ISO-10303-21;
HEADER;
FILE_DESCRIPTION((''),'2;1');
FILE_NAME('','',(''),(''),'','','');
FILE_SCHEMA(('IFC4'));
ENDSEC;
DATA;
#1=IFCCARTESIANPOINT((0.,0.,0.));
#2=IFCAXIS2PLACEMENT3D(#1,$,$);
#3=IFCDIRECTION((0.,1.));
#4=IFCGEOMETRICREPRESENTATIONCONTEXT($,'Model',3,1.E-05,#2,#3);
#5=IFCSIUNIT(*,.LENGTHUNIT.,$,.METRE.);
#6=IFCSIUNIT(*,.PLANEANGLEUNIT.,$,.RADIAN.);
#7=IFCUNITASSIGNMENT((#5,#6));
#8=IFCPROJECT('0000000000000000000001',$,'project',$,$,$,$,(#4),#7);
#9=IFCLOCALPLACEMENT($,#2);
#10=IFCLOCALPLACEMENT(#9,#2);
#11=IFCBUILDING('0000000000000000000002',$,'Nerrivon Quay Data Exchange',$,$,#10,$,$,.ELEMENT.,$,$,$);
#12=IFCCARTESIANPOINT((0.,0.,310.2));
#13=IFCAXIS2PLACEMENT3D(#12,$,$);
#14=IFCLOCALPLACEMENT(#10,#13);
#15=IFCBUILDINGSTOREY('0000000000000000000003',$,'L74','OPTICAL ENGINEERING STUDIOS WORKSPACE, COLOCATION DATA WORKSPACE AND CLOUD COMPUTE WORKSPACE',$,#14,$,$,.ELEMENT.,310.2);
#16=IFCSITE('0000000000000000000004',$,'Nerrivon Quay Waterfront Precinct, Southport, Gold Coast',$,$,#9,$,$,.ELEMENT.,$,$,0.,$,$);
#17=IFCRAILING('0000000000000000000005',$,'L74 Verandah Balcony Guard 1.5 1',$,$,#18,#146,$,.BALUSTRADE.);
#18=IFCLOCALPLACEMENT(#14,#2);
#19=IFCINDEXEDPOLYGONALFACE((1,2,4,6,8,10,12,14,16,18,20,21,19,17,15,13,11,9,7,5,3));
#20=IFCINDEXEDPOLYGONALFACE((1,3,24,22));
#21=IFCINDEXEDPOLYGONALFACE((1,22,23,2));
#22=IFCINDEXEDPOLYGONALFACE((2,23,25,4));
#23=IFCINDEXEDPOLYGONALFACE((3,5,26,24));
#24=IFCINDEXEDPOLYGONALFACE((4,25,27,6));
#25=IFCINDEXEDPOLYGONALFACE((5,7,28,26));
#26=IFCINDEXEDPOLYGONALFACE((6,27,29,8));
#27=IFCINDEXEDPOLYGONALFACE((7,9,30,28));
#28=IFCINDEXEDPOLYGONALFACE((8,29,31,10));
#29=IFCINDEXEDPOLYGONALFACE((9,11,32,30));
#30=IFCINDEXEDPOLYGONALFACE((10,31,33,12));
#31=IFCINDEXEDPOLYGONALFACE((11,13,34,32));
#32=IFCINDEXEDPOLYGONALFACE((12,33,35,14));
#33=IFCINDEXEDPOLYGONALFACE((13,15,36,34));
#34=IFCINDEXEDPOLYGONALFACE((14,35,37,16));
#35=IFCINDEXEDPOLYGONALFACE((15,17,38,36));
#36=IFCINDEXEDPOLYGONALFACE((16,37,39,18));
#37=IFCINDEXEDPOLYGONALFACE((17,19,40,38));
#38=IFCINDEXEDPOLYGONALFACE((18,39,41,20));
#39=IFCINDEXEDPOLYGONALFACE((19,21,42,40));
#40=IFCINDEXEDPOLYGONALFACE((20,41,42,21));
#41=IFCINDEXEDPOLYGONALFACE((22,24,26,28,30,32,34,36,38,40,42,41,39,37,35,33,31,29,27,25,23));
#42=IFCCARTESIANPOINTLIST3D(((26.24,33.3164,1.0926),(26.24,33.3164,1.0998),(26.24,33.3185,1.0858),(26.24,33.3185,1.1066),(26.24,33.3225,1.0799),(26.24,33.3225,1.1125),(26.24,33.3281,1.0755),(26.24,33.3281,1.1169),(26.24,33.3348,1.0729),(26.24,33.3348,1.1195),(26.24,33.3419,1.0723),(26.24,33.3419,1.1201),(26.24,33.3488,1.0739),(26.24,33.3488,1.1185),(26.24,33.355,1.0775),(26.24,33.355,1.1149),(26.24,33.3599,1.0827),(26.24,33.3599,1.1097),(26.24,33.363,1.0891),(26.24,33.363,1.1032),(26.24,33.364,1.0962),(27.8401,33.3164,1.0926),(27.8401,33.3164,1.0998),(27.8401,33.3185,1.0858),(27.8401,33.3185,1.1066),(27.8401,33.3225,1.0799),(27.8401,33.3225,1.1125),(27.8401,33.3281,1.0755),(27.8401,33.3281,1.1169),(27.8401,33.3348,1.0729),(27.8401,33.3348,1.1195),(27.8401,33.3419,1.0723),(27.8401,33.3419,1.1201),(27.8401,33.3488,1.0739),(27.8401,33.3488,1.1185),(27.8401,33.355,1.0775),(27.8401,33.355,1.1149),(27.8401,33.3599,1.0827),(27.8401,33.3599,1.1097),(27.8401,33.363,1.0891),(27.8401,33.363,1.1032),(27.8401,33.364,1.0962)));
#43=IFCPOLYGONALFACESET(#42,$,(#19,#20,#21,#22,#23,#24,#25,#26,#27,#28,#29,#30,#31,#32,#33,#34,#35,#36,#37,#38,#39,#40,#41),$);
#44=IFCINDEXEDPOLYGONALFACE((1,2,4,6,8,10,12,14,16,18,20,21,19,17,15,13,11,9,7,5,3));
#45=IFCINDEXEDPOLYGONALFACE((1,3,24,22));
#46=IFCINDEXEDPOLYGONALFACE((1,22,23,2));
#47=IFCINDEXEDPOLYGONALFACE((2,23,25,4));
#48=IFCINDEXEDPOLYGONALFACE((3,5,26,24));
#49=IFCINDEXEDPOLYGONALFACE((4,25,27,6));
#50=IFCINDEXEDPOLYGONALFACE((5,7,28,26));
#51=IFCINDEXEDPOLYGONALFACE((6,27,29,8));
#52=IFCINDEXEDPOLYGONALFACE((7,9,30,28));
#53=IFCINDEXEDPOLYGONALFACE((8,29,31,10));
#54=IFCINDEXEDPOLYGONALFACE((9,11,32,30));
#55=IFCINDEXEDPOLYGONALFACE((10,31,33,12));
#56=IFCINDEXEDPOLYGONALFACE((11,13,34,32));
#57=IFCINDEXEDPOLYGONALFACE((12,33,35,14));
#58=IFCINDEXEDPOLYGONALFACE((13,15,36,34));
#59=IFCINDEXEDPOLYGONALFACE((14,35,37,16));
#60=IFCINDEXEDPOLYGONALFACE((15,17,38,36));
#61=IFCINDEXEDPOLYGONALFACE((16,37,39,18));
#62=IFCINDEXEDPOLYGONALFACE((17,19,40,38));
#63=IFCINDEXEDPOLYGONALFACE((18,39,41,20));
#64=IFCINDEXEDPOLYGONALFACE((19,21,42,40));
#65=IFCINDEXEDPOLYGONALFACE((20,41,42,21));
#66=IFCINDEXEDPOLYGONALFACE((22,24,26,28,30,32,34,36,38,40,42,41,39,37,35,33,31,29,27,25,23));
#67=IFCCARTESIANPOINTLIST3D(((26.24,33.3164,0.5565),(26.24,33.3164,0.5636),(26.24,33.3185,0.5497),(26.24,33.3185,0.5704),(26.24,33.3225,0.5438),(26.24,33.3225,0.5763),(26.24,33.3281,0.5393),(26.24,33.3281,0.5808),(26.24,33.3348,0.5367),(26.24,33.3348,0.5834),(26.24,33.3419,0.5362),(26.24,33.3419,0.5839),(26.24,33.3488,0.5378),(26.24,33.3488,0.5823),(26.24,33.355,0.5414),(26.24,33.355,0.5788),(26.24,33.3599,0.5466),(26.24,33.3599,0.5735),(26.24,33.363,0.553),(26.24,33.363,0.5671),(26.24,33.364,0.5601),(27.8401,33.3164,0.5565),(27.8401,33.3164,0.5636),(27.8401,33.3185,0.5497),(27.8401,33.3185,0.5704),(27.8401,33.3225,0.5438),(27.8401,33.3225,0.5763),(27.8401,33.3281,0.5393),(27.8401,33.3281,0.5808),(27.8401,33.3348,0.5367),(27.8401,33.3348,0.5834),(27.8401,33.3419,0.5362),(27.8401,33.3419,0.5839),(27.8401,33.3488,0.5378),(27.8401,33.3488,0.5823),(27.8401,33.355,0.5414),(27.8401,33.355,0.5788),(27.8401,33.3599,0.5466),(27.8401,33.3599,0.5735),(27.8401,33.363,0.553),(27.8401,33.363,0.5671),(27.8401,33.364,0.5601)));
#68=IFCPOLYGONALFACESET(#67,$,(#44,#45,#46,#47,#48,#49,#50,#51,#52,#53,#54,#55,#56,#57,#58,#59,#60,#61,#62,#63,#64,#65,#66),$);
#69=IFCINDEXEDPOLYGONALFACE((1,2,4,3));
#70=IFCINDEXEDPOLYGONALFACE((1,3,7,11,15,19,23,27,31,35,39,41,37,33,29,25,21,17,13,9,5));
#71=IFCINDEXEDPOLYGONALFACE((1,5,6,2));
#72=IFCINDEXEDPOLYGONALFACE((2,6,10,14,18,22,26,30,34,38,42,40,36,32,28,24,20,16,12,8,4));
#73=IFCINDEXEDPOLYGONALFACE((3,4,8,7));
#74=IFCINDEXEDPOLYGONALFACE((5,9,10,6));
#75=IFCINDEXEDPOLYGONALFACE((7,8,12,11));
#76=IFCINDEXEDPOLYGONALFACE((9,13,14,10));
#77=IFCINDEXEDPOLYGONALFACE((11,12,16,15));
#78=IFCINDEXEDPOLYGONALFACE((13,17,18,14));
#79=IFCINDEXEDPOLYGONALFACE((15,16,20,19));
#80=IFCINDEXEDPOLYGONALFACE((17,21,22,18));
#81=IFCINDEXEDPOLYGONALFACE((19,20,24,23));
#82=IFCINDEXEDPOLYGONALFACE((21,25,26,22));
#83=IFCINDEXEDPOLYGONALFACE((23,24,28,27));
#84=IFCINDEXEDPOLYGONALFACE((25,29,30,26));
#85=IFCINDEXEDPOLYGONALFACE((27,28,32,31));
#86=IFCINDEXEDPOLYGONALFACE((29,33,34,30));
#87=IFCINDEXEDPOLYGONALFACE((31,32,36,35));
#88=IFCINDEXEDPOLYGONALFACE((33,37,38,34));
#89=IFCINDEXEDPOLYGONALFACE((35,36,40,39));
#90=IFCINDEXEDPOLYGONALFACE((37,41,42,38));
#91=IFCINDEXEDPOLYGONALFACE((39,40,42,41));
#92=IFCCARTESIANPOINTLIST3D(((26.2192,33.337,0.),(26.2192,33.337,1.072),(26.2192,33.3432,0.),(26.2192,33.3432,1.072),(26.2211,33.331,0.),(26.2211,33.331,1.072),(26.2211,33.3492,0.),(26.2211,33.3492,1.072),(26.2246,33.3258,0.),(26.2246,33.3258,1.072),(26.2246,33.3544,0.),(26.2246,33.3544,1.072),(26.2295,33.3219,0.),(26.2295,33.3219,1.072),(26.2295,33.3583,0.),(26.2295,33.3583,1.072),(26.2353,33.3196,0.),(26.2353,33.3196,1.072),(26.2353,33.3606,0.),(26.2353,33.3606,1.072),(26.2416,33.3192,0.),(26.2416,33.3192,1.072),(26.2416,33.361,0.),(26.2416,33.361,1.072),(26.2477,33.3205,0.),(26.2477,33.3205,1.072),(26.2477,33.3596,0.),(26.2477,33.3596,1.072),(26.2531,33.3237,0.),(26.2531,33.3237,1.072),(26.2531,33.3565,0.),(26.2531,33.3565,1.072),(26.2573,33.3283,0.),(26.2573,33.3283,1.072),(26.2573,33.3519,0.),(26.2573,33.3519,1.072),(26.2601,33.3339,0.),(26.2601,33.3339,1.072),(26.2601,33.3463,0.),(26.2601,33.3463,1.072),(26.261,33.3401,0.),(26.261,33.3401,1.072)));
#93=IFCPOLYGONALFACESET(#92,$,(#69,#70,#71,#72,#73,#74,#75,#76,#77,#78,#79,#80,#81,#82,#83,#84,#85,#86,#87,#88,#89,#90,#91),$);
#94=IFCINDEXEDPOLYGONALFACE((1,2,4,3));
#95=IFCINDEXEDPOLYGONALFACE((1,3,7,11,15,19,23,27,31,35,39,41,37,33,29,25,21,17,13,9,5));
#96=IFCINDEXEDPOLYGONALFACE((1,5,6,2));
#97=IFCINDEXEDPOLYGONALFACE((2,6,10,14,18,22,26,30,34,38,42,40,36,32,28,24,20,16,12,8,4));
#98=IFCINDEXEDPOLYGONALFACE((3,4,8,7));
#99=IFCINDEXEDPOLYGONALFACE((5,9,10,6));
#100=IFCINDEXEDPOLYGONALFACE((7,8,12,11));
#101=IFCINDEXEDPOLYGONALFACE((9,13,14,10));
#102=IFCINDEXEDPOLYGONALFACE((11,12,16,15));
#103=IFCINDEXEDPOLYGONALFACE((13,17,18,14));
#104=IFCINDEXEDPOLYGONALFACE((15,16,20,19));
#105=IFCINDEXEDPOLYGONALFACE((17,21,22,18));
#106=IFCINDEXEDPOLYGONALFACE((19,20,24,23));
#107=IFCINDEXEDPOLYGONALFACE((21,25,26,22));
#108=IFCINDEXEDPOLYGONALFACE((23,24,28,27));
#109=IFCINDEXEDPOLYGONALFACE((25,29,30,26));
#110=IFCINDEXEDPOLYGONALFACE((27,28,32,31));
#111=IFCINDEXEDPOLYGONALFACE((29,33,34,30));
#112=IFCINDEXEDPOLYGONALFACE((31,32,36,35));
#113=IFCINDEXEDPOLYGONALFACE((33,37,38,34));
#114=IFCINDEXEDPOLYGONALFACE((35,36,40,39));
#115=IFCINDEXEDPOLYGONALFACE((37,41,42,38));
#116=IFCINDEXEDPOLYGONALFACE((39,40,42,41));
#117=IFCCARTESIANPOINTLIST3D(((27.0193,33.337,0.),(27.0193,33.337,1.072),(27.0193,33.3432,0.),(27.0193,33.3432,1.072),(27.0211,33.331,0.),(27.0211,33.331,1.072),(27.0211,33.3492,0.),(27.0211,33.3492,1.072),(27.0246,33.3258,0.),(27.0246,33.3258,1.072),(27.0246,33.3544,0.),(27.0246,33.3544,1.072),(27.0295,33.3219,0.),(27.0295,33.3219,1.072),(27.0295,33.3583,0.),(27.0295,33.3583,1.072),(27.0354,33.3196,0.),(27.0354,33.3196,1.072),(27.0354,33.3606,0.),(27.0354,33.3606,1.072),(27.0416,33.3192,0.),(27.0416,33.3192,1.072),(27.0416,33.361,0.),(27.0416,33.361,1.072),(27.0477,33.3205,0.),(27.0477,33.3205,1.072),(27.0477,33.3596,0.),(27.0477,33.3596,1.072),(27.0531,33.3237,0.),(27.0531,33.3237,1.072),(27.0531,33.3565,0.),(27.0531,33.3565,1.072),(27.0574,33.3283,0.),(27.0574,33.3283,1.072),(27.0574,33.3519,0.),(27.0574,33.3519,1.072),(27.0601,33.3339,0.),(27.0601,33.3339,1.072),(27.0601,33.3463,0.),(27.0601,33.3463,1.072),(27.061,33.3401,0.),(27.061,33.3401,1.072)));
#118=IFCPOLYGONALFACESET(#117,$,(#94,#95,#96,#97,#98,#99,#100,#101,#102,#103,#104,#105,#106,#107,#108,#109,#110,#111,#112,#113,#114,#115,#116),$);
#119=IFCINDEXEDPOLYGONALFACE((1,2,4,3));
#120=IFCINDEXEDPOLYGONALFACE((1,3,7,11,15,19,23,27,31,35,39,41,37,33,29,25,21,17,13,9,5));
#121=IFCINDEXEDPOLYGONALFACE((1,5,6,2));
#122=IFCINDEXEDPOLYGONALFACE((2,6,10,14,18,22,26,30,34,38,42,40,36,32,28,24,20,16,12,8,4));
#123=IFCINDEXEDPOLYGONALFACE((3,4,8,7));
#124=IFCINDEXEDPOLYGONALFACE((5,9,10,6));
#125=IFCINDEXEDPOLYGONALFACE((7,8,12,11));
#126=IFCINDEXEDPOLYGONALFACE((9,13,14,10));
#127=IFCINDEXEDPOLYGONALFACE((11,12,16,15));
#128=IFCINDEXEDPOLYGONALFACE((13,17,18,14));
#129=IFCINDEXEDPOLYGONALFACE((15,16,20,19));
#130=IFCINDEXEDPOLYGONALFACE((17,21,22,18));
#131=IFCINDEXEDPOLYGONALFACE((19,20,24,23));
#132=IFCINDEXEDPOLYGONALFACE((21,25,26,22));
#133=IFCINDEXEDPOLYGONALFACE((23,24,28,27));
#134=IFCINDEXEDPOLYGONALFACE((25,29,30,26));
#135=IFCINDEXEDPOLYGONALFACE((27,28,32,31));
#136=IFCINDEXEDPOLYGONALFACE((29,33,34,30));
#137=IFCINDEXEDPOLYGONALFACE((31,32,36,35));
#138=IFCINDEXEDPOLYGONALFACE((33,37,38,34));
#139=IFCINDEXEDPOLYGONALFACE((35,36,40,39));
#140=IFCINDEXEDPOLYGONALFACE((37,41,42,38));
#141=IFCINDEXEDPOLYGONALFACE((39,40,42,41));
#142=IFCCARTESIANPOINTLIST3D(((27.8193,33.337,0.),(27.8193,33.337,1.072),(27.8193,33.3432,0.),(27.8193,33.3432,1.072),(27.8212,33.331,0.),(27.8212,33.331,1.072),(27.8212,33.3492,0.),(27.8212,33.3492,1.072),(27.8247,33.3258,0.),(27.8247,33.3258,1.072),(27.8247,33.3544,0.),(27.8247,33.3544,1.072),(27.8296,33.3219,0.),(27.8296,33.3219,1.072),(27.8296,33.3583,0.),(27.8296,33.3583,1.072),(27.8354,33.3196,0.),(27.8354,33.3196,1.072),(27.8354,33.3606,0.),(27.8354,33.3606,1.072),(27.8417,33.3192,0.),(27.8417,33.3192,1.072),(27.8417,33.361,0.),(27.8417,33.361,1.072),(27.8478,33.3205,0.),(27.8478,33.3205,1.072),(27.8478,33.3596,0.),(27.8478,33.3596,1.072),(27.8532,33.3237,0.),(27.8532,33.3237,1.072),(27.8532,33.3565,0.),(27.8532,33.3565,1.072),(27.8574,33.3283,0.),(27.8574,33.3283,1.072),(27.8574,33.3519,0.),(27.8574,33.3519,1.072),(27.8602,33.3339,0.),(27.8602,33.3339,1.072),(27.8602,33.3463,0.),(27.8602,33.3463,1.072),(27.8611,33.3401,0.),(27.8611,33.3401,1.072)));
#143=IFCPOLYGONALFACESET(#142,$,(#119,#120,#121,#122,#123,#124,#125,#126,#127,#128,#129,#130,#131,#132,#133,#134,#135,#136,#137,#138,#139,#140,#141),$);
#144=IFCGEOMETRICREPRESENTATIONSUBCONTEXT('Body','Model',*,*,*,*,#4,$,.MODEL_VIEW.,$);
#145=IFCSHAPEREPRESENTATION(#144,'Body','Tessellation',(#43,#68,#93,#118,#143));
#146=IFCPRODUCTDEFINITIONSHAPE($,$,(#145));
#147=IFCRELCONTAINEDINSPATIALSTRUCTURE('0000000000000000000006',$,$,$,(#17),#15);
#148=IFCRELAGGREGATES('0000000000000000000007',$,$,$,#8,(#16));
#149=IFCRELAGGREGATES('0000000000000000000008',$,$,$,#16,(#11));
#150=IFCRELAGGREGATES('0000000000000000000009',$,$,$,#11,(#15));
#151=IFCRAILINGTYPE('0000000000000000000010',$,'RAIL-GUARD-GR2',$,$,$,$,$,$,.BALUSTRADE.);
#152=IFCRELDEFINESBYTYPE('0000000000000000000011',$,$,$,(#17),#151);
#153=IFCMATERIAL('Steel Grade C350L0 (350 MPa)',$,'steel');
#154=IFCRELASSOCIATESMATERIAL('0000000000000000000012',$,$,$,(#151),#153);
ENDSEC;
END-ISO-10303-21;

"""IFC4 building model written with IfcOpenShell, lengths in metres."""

from ifc_helpers import new_model, si_unit, direction, frame, origin, origin_2d, place, context, subcontext, project, spatial, circle, extrude, material, type_object, element, save


model = new_model("IFC4")

# Units and contexts
model_context = context("Model", 3, precision=1e-05, world=origin(), true_north=direction((0.0, 1.0)))
body_context = subcontext(model_context, "Body", "Model", "MODEL_VIEW")
ifc_project = project(units=[si_unit("LENGTHUNIT", "METRE"), si_unit("PLANEANGLEUNIT", "RADIAN")], contexts=[model_context])

# Site, building, storey
site_placement = place(None, origin())
site = spatial("IfcSite", under=ifc_project, at=site_placement, Name="Nerrivon Quay Waterfront Precinct, Southport, Gold Coast", CompositionType="ELEMENT", RefElevation=0.0)
building_placement = place(site_placement, origin())
building = spatial("IfcBuilding", under=site, at=building_placement, Name="Nerrivon Quay Data Exchange", CompositionType="ELEMENT")
storey_placement = place(building_placement, frame((0.0, 0.0, 310.2)))
storey = spatial("IfcBuildingStorey", under=building, at=storey_placement, Name="L74", Description="OPTICAL ENGINEERING STUDIOS WORKSPACE, COLOCATION DATA WORKSPACE AND CLOUD COMPUTE WORKSPACE", CompositionType="ELEMENT", Elevation=310.2)

# Shared definitions
ifc_material_1 = material(Name="Steel Grade C350L0 (350 MPa)", Category="steel")

# Railing
railing_type = type_object("IfcRailingType", Name="RAIL-GUARD-GR2", PredefinedType="BALUSTRADE", material=ifc_material_1)
railing_1_placement = place(storey_placement, frame((26.24, 33.3401, 0.0)))
element("IfcRailing", 1, at=railing_1_placement, inside=storey, type_object=railing_type, Name="L74 Verandah Balcony Guard 1.5 1", PredefinedType="BALUSTRADE", context=body_context, shape_type="SweptSolid", body=[
    extrude(circle(Radius=0.0239, at=origin_2d()), frame((0.0, 0.0, 1.0962), z_axis=(1.0, 0.0, 0.0), x_axis=(0.0, 1.0, 0.0)), (0.0, 0.0, 1.0), 1.6001),
    extrude(circle(Radius=0.0239, at=origin_2d()), frame((0.0, 0.0, 0.5601), z_axis=(1.0, 0.0, 0.0), x_axis=(0.0, 1.0, 0.0)), (0.0, 0.0, 1.0), 1.6001),
    extrude(circle(Radius=0.021, at=origin_2d()), origin(), (0.0, 0.0, 1.0), 1.072),
    extrude(circle(Radius=0.021, at=origin_2d()), frame((0.8, 0.0, 0.0)), (0.0, 0.0, 1.0), 1.072),
    extrude(circle(Radius=0.021, at=origin_2d()), frame((1.6001, 0.0, 0.0)), (0.0, 0.0, 1.0), 1.072),
])

save(model, "model.ifc")
